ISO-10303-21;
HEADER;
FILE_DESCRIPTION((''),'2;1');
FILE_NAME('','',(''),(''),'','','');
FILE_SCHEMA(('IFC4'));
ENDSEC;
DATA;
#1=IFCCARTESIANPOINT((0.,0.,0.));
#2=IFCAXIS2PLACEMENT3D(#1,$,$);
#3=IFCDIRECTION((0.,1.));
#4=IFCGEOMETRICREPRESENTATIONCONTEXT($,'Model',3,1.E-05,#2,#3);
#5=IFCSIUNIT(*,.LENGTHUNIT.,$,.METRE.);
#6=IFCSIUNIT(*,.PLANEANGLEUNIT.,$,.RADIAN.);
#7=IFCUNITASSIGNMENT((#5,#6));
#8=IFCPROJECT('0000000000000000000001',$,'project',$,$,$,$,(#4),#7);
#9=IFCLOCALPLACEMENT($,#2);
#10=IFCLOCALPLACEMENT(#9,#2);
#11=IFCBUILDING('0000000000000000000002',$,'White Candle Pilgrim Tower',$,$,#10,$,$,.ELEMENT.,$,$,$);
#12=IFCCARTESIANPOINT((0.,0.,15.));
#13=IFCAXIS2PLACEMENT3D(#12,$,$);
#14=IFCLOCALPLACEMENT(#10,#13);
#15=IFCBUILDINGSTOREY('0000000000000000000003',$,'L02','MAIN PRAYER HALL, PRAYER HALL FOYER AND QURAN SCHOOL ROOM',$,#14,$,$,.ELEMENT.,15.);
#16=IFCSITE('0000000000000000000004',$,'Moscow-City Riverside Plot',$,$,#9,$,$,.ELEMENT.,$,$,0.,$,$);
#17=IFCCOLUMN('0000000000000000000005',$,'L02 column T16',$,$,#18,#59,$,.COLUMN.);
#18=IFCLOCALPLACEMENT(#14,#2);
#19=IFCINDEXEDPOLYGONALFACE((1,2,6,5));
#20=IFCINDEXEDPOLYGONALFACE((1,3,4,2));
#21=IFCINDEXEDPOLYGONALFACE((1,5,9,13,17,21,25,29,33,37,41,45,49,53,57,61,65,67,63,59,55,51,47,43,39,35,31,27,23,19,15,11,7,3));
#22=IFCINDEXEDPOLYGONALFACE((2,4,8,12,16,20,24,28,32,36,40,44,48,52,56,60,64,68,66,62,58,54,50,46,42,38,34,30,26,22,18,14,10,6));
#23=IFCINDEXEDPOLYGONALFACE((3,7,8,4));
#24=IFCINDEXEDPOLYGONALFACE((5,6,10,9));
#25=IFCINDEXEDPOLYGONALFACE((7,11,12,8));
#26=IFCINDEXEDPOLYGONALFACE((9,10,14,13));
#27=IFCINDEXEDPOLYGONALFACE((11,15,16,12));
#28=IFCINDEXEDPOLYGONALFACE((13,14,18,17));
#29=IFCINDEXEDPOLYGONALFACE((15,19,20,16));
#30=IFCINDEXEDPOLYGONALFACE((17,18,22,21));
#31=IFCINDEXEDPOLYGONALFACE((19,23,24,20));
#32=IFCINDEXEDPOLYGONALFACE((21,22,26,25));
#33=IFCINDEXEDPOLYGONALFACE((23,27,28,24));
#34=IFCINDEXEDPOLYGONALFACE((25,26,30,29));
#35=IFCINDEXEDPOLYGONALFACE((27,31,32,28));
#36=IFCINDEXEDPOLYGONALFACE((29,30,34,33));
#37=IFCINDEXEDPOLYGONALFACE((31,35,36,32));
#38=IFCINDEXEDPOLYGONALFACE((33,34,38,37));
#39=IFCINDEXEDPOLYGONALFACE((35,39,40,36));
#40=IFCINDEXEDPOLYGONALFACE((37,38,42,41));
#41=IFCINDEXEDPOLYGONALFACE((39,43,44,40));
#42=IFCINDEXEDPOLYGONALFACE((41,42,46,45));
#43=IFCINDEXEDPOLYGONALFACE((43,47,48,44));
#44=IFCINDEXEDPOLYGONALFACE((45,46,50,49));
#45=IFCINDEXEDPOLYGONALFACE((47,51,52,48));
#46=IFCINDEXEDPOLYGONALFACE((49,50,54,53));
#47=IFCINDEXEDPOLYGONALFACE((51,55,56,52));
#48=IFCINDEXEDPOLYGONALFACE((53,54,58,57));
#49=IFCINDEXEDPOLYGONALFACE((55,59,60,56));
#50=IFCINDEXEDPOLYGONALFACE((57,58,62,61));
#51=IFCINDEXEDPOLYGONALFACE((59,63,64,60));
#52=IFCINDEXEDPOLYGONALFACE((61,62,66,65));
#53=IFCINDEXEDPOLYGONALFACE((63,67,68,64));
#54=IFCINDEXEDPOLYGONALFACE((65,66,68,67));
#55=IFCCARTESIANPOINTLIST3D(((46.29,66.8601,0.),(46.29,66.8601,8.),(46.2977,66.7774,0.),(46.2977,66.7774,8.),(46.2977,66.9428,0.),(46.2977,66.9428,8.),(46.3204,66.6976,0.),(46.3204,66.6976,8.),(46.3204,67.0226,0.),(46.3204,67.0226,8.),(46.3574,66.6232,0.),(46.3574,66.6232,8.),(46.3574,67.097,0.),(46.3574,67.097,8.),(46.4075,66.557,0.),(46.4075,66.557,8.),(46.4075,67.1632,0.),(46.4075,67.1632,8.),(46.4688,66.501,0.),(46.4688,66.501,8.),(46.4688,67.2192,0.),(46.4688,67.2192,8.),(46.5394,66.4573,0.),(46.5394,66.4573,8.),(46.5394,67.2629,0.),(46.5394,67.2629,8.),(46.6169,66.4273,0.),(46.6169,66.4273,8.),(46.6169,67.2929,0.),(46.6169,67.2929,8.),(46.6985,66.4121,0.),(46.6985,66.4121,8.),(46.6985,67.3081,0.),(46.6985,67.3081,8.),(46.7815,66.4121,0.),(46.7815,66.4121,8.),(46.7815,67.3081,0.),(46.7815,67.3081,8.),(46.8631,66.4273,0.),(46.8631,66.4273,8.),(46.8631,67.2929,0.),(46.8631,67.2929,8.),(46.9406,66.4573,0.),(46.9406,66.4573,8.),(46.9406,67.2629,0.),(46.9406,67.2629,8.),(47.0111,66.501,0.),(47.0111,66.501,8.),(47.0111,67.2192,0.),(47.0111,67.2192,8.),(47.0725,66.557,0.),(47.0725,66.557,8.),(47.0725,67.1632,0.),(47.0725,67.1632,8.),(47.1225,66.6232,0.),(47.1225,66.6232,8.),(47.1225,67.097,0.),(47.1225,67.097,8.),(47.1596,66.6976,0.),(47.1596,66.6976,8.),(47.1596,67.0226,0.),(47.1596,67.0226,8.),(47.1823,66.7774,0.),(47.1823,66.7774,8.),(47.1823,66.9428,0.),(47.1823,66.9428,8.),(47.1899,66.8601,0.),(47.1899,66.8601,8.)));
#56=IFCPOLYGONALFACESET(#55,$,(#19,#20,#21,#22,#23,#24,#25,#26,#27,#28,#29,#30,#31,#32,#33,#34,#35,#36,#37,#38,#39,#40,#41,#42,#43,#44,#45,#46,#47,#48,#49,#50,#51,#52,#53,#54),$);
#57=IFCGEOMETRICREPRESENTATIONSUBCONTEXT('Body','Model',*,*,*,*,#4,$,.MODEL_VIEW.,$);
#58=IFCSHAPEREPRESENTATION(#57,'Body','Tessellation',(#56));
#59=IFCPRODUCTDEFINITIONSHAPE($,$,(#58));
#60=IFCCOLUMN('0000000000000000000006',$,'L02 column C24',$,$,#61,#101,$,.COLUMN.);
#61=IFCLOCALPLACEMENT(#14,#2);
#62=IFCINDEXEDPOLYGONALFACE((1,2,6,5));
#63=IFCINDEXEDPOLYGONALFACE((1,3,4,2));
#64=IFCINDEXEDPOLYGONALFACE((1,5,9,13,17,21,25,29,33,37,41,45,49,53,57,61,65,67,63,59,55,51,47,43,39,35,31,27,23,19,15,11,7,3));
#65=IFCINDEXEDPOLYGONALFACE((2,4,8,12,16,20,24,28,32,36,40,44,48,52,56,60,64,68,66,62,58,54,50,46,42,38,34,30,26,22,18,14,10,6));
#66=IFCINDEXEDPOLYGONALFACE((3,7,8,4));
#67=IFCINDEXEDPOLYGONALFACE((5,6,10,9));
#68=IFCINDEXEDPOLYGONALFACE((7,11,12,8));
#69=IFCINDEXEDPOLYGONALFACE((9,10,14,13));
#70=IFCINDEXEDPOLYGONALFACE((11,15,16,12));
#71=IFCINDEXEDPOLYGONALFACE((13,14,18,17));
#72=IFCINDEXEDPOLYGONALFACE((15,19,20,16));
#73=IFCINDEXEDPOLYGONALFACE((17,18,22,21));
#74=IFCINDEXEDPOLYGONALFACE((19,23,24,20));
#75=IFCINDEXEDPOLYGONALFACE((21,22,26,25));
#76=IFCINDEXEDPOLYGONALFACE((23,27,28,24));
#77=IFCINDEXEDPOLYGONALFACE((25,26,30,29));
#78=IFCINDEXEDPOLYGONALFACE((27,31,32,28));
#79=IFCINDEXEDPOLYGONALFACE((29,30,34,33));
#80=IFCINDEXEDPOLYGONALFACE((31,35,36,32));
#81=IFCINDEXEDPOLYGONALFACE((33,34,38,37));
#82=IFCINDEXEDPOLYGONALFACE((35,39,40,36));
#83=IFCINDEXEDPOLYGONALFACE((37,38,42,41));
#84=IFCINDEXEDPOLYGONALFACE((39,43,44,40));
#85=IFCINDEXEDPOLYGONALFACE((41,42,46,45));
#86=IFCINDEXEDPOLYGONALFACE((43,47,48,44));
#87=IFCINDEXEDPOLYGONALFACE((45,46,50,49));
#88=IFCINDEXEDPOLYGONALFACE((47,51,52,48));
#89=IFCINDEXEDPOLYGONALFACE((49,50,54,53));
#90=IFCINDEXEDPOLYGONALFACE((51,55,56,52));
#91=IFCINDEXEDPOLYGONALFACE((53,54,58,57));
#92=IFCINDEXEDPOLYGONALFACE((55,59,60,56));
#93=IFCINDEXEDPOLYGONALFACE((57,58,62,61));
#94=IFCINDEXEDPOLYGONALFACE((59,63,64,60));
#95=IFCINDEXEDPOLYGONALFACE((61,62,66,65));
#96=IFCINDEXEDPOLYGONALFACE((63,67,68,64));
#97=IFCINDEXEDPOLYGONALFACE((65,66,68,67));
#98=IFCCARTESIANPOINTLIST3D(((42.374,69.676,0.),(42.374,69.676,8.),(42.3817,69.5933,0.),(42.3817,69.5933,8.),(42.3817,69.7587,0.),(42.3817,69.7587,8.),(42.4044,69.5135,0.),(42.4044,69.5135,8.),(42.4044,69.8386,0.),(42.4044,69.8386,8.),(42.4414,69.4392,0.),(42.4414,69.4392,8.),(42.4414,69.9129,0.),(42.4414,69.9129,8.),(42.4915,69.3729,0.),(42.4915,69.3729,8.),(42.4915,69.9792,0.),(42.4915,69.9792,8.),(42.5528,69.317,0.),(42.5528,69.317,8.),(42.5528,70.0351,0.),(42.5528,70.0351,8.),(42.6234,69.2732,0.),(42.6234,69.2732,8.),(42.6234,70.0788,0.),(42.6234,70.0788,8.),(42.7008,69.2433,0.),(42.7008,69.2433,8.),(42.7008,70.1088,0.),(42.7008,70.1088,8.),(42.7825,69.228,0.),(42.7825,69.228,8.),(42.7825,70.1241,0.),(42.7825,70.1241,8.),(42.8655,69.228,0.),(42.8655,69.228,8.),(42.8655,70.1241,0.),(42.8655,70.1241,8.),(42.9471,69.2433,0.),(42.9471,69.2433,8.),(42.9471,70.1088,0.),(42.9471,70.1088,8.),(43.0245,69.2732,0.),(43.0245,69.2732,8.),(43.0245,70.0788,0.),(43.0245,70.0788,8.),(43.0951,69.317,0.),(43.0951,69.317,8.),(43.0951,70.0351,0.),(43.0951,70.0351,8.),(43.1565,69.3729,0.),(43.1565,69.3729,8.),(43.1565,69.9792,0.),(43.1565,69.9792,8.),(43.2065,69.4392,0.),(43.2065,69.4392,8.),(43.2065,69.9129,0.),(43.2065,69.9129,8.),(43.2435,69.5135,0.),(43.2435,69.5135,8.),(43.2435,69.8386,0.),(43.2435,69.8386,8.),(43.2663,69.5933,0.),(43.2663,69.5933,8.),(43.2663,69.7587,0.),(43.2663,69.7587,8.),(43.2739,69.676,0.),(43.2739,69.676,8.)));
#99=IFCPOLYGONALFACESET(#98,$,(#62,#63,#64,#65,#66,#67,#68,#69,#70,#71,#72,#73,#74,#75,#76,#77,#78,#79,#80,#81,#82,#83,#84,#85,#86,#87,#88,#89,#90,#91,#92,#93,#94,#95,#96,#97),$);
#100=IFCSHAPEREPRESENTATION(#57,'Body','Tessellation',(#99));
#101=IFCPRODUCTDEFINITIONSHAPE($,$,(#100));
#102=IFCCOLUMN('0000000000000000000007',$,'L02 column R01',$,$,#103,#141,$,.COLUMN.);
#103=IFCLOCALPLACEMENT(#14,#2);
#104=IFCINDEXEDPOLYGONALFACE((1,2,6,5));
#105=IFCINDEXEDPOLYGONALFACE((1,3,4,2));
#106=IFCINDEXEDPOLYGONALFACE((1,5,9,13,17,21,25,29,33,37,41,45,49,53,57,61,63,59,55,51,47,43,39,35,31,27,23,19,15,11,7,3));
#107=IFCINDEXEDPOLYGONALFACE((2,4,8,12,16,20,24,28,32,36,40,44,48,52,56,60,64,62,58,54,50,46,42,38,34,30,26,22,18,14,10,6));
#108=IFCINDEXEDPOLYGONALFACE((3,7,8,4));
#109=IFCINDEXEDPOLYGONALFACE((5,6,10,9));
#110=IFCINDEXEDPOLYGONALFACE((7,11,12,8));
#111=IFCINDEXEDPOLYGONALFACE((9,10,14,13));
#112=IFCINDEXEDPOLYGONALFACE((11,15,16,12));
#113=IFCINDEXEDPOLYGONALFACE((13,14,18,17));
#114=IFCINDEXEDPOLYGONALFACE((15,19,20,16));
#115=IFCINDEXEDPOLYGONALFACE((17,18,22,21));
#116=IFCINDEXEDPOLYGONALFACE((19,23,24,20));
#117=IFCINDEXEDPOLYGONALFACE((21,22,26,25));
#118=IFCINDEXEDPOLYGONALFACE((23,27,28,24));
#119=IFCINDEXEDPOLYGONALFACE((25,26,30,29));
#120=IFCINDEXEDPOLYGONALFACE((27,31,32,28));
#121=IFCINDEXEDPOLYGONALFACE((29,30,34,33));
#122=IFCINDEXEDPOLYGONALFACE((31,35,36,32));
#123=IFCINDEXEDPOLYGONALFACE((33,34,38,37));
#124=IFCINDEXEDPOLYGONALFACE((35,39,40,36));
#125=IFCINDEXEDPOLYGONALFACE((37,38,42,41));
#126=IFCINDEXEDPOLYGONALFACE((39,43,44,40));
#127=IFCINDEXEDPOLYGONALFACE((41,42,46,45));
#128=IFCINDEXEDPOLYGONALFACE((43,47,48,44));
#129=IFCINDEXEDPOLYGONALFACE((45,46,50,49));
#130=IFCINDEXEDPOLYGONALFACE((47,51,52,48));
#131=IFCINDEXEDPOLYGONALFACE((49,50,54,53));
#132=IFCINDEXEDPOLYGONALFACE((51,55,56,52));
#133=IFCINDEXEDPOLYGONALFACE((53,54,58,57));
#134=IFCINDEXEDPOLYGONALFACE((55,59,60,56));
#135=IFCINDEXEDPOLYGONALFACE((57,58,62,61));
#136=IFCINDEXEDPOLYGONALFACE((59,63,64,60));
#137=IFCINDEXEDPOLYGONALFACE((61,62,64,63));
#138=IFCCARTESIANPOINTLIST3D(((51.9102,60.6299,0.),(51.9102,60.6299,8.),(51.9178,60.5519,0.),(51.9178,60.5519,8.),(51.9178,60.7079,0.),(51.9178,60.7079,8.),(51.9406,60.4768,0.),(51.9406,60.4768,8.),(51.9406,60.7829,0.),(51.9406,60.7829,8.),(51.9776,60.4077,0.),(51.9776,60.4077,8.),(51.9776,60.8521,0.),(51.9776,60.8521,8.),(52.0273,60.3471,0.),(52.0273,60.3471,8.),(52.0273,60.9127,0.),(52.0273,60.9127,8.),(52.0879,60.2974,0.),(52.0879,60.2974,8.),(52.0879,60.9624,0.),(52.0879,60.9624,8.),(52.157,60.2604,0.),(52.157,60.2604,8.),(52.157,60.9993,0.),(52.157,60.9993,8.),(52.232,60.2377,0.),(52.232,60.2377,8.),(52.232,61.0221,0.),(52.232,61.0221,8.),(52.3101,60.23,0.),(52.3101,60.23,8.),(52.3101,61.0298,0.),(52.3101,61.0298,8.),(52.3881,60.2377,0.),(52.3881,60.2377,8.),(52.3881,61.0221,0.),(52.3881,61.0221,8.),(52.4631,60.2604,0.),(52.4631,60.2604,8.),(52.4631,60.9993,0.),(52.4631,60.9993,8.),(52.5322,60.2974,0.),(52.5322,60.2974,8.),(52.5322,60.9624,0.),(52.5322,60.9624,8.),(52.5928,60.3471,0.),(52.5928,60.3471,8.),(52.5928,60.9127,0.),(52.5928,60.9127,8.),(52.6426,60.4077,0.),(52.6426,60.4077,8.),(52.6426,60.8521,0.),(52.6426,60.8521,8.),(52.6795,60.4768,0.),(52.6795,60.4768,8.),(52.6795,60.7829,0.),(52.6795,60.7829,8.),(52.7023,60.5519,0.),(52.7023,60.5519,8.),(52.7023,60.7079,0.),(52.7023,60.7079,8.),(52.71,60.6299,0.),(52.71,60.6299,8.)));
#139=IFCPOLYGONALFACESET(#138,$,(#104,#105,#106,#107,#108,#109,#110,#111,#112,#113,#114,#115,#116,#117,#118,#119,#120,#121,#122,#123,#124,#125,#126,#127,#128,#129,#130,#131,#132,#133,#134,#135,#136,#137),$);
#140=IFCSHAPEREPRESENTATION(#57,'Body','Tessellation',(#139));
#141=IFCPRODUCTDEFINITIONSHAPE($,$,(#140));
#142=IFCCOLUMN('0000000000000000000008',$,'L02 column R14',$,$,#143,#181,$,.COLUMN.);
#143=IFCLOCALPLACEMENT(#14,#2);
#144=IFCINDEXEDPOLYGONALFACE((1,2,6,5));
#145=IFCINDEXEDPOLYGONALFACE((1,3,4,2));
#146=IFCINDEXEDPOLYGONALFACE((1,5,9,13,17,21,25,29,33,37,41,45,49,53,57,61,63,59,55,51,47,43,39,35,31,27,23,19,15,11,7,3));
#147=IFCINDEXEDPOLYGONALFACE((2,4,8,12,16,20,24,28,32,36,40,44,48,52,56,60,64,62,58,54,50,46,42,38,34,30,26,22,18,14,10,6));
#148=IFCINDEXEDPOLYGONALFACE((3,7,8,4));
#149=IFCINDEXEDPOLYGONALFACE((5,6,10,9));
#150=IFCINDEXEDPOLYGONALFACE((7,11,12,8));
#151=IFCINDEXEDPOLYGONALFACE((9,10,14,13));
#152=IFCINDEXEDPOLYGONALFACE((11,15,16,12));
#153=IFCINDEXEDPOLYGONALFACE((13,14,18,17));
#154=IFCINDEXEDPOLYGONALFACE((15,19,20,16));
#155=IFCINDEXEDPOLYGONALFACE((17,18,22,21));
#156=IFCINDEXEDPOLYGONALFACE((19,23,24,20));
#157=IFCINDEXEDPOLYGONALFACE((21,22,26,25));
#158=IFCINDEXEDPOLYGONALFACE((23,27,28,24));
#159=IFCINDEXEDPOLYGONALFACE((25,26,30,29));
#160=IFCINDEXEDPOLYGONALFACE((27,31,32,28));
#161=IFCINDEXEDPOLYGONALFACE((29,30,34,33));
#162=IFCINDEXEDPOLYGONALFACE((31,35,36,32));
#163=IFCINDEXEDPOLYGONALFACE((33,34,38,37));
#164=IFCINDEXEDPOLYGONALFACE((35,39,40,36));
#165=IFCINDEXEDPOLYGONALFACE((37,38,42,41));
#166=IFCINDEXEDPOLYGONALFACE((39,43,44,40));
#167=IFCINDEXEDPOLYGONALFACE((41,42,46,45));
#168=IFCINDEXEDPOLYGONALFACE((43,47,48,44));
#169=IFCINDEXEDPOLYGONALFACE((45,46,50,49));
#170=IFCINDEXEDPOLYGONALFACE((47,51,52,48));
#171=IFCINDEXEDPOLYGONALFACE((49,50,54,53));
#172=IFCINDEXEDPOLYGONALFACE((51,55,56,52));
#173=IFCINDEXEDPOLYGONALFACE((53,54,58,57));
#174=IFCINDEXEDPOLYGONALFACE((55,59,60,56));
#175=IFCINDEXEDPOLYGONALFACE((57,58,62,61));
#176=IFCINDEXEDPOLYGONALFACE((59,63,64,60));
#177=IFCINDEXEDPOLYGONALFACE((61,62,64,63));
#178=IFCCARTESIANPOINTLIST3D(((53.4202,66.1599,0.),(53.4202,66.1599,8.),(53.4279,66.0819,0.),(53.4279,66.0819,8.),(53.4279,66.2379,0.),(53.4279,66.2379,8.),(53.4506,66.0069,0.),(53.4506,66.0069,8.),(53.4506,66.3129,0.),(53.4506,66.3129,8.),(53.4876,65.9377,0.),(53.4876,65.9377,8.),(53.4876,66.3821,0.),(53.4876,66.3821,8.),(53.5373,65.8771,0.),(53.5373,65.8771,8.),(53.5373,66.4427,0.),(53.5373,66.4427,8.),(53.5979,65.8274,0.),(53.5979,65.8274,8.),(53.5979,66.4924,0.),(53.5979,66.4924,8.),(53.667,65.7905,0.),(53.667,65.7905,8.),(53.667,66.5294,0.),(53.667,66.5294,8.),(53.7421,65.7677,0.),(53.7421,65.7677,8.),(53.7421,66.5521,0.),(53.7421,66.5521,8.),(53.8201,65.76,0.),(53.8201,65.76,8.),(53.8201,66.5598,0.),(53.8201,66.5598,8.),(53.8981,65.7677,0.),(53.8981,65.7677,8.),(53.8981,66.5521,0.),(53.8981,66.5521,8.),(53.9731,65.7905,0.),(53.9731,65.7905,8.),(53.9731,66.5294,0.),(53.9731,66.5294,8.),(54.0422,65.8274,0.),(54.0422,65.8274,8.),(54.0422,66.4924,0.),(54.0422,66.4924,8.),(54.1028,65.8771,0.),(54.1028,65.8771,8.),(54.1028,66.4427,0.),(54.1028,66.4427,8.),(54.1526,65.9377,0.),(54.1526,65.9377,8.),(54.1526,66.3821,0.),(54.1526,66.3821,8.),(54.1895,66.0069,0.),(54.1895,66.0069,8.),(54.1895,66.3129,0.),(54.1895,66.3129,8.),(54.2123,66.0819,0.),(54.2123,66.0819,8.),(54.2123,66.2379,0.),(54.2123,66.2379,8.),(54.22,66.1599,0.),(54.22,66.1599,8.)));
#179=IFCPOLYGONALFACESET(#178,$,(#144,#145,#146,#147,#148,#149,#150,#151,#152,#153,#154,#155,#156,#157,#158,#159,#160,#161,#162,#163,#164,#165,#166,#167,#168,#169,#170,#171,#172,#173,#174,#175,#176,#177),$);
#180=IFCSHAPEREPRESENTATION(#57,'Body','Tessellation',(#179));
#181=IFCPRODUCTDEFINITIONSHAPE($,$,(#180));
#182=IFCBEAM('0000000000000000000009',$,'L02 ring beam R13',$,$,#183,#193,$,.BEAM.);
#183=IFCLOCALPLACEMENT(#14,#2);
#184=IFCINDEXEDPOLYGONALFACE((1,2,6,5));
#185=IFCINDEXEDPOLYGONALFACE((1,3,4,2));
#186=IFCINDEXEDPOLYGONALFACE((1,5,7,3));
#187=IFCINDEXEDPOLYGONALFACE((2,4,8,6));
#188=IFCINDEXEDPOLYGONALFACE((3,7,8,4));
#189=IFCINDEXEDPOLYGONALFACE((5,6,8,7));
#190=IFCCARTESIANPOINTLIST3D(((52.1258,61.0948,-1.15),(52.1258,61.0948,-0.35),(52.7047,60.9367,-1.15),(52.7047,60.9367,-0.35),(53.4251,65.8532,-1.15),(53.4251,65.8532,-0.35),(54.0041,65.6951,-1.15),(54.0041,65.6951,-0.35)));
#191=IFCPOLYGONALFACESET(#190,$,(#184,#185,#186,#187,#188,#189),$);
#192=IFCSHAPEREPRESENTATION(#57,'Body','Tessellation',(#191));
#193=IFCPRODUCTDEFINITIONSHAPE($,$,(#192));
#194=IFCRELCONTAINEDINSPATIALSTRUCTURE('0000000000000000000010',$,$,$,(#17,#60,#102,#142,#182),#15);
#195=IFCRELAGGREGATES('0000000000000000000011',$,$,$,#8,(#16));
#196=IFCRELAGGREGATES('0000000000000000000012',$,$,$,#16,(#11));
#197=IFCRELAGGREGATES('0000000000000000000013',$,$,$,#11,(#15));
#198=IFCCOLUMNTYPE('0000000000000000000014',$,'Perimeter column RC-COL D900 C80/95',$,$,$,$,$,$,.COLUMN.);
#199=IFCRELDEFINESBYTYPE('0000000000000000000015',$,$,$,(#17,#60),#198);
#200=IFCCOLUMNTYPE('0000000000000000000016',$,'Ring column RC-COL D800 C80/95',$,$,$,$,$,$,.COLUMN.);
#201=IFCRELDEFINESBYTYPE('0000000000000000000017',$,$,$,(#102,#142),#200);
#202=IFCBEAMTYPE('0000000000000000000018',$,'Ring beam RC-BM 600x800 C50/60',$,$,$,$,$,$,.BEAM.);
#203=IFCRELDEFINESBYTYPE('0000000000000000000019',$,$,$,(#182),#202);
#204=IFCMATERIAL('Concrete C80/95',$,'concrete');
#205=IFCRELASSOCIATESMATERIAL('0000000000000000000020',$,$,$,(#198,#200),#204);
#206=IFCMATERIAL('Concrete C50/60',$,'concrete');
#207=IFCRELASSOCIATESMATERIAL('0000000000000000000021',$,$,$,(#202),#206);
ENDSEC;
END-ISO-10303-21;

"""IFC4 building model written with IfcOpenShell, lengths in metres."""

from ifc_helpers import new_model, si_unit, direction, frame, origin, origin_2d, place, context, subcontext, project, spatial, rectangle, circle, extrude, material, material_profile, profile_set, type_object, element, save


model = new_model("IFC4")

# Units and contexts
model_context = context("Model", 3, precision=1e-05, world=origin(), true_north=direction((0.0, 1.0)))
body_context = subcontext(model_context, "Body", "Model", "MODEL_VIEW")
ifc_project = project(units=[si_unit("LENGTHUNIT", "METRE"), si_unit("PLANEANGLEUNIT", "RADIAN")], contexts=[model_context])

# Site, building, storey
site_placement = place(None, origin())
site = spatial("IfcSite", under=ifc_project, at=site_placement, Name="Moscow-City Riverside Plot", CompositionType="ELEMENT", RefElevation=0.0)
building_placement = place(site_placement, origin())
building = spatial("IfcBuilding", under=site, at=building_placement, Name="White Candle Pilgrim Tower", CompositionType="ELEMENT")
storey_placement = place(building_placement, frame((0.0, 0.0, 15.0)))
storey = spatial("IfcBuildingStorey", under=building, at=storey_placement, Name="L02", Description="MAIN PRAYER HALL, PRAYER HALL FOYER AND QURAN SCHOOL ROOM", CompositionType="ELEMENT", Elevation=15.0)

# Columns
ifc_material_1 = material(Name="Concrete C80/95", Category="concrete")
ifc_material_profile_1 = material_profile(ifc_material_1, circle(Radius=0.45, at=origin_2d()), Name="RC-COL D900")
ifc_profile_set_1 = profile_set([ifc_material_profile_1], Name="Concrete C80/95")
column_type_1 = type_object("IfcColumnType", Name="Perimeter column RC-COL D900 C80/95", PredefinedType="COLUMN", material=ifc_profile_set_1)
for number, where, z_axis, x_axis, name in (
    (1, (46.74, 66.8601, 0.0), (0.0, 0.0, 1.0), (1.0, 0.0, 0.0), "L02 column T16"),
    (2, (42.824, 69.676, 0.0), (0.0, 0.0, 1.0), (1.0, 0.0, 0.0), "L02 column C24"),
):
    element("IfcColumn", number, at=place(storey_placement, frame(where, z_axis=z_axis, x_axis=x_axis)), inside=storey, type_object=column_type_1, Name=name, PredefinedType="COLUMN", context=body_context, shape_type="SweptSolid", body=[
        extrude(circle(Radius=0.45, at=origin_2d()), origin(), (0.0, 0.0, 1.0), 8.0),
    ])
ifc_material_profile_2 = material_profile(ifc_material_1, circle(Radius=0.3999, at=origin_2d()), Name="RC-COL D800")
ifc_profile_set_2 = profile_set([ifc_material_profile_2], Name="Concrete C80/95")
column_type_2 = type_object("IfcColumnType", Name="Ring column RC-COL D800 C80/95", PredefinedType="COLUMN", material=ifc_profile_set_2)
for number, where, z_axis, x_axis, name in (
    (3, (52.3101, 60.6299, 0.0), (0.0, 0.0, 1.0), (1.0, 0.0, 0.0), "L02 column R01"),
    (4, (53.8201, 66.1599, 0.0), (0.0, 0.0, 1.0), (1.0, 0.0, 0.0), "L02 column R14"),
):
    element("IfcColumn", number, at=place(storey_placement, frame(where, z_axis=z_axis, x_axis=x_axis)), inside=storey, type_object=column_type_2, Name=name, PredefinedType="COLUMN", context=body_context, shape_type="SweptSolid", body=[
        extrude(circle(Radius=0.3999, at=origin_2d()), origin(), (0.0, 0.0, 1.0), 8.0),
    ])

# Beam
ifc_material_2 = material(Name="Concrete C50/60", Category="concrete")
ifc_material_profile_3 = material_profile(ifc_material_2, rectangle(XDim=0.6001, YDim=0.8, at=origin_2d()), Name="RC-BM 600x800")
ifc_profile_set_3 = profile_set([ifc_material_profile_3], Name="Concrete C50/60")
beam_type_1 = type_object("IfcBeamType", Name="Ring beam RC-BM 600x800 C50/60", PredefinedType="BEAM", material=ifc_profile_set_3)
beam_1_placement = place(storey_placement, frame((53.7146, 65.7742, -0.75), z_axis=(-0.263419, -0.964682, 0.0), x_axis=(0.964682, -0.263419, 0.0)))
element("IfcBeam", 5, at=beam_1_placement, inside=storey, type_object=beam_type_1, Name="L02 ring beam R13", PredefinedType="BEAM", context=body_context, shape_type="SweptSolid", body=[
    extrude(rectangle(XDim=0.6001, YDim=0.8, at=origin_2d()), origin(), (0.0, 0.0, 1.0), 4.9326),
])

save(model, "model.ifc")
